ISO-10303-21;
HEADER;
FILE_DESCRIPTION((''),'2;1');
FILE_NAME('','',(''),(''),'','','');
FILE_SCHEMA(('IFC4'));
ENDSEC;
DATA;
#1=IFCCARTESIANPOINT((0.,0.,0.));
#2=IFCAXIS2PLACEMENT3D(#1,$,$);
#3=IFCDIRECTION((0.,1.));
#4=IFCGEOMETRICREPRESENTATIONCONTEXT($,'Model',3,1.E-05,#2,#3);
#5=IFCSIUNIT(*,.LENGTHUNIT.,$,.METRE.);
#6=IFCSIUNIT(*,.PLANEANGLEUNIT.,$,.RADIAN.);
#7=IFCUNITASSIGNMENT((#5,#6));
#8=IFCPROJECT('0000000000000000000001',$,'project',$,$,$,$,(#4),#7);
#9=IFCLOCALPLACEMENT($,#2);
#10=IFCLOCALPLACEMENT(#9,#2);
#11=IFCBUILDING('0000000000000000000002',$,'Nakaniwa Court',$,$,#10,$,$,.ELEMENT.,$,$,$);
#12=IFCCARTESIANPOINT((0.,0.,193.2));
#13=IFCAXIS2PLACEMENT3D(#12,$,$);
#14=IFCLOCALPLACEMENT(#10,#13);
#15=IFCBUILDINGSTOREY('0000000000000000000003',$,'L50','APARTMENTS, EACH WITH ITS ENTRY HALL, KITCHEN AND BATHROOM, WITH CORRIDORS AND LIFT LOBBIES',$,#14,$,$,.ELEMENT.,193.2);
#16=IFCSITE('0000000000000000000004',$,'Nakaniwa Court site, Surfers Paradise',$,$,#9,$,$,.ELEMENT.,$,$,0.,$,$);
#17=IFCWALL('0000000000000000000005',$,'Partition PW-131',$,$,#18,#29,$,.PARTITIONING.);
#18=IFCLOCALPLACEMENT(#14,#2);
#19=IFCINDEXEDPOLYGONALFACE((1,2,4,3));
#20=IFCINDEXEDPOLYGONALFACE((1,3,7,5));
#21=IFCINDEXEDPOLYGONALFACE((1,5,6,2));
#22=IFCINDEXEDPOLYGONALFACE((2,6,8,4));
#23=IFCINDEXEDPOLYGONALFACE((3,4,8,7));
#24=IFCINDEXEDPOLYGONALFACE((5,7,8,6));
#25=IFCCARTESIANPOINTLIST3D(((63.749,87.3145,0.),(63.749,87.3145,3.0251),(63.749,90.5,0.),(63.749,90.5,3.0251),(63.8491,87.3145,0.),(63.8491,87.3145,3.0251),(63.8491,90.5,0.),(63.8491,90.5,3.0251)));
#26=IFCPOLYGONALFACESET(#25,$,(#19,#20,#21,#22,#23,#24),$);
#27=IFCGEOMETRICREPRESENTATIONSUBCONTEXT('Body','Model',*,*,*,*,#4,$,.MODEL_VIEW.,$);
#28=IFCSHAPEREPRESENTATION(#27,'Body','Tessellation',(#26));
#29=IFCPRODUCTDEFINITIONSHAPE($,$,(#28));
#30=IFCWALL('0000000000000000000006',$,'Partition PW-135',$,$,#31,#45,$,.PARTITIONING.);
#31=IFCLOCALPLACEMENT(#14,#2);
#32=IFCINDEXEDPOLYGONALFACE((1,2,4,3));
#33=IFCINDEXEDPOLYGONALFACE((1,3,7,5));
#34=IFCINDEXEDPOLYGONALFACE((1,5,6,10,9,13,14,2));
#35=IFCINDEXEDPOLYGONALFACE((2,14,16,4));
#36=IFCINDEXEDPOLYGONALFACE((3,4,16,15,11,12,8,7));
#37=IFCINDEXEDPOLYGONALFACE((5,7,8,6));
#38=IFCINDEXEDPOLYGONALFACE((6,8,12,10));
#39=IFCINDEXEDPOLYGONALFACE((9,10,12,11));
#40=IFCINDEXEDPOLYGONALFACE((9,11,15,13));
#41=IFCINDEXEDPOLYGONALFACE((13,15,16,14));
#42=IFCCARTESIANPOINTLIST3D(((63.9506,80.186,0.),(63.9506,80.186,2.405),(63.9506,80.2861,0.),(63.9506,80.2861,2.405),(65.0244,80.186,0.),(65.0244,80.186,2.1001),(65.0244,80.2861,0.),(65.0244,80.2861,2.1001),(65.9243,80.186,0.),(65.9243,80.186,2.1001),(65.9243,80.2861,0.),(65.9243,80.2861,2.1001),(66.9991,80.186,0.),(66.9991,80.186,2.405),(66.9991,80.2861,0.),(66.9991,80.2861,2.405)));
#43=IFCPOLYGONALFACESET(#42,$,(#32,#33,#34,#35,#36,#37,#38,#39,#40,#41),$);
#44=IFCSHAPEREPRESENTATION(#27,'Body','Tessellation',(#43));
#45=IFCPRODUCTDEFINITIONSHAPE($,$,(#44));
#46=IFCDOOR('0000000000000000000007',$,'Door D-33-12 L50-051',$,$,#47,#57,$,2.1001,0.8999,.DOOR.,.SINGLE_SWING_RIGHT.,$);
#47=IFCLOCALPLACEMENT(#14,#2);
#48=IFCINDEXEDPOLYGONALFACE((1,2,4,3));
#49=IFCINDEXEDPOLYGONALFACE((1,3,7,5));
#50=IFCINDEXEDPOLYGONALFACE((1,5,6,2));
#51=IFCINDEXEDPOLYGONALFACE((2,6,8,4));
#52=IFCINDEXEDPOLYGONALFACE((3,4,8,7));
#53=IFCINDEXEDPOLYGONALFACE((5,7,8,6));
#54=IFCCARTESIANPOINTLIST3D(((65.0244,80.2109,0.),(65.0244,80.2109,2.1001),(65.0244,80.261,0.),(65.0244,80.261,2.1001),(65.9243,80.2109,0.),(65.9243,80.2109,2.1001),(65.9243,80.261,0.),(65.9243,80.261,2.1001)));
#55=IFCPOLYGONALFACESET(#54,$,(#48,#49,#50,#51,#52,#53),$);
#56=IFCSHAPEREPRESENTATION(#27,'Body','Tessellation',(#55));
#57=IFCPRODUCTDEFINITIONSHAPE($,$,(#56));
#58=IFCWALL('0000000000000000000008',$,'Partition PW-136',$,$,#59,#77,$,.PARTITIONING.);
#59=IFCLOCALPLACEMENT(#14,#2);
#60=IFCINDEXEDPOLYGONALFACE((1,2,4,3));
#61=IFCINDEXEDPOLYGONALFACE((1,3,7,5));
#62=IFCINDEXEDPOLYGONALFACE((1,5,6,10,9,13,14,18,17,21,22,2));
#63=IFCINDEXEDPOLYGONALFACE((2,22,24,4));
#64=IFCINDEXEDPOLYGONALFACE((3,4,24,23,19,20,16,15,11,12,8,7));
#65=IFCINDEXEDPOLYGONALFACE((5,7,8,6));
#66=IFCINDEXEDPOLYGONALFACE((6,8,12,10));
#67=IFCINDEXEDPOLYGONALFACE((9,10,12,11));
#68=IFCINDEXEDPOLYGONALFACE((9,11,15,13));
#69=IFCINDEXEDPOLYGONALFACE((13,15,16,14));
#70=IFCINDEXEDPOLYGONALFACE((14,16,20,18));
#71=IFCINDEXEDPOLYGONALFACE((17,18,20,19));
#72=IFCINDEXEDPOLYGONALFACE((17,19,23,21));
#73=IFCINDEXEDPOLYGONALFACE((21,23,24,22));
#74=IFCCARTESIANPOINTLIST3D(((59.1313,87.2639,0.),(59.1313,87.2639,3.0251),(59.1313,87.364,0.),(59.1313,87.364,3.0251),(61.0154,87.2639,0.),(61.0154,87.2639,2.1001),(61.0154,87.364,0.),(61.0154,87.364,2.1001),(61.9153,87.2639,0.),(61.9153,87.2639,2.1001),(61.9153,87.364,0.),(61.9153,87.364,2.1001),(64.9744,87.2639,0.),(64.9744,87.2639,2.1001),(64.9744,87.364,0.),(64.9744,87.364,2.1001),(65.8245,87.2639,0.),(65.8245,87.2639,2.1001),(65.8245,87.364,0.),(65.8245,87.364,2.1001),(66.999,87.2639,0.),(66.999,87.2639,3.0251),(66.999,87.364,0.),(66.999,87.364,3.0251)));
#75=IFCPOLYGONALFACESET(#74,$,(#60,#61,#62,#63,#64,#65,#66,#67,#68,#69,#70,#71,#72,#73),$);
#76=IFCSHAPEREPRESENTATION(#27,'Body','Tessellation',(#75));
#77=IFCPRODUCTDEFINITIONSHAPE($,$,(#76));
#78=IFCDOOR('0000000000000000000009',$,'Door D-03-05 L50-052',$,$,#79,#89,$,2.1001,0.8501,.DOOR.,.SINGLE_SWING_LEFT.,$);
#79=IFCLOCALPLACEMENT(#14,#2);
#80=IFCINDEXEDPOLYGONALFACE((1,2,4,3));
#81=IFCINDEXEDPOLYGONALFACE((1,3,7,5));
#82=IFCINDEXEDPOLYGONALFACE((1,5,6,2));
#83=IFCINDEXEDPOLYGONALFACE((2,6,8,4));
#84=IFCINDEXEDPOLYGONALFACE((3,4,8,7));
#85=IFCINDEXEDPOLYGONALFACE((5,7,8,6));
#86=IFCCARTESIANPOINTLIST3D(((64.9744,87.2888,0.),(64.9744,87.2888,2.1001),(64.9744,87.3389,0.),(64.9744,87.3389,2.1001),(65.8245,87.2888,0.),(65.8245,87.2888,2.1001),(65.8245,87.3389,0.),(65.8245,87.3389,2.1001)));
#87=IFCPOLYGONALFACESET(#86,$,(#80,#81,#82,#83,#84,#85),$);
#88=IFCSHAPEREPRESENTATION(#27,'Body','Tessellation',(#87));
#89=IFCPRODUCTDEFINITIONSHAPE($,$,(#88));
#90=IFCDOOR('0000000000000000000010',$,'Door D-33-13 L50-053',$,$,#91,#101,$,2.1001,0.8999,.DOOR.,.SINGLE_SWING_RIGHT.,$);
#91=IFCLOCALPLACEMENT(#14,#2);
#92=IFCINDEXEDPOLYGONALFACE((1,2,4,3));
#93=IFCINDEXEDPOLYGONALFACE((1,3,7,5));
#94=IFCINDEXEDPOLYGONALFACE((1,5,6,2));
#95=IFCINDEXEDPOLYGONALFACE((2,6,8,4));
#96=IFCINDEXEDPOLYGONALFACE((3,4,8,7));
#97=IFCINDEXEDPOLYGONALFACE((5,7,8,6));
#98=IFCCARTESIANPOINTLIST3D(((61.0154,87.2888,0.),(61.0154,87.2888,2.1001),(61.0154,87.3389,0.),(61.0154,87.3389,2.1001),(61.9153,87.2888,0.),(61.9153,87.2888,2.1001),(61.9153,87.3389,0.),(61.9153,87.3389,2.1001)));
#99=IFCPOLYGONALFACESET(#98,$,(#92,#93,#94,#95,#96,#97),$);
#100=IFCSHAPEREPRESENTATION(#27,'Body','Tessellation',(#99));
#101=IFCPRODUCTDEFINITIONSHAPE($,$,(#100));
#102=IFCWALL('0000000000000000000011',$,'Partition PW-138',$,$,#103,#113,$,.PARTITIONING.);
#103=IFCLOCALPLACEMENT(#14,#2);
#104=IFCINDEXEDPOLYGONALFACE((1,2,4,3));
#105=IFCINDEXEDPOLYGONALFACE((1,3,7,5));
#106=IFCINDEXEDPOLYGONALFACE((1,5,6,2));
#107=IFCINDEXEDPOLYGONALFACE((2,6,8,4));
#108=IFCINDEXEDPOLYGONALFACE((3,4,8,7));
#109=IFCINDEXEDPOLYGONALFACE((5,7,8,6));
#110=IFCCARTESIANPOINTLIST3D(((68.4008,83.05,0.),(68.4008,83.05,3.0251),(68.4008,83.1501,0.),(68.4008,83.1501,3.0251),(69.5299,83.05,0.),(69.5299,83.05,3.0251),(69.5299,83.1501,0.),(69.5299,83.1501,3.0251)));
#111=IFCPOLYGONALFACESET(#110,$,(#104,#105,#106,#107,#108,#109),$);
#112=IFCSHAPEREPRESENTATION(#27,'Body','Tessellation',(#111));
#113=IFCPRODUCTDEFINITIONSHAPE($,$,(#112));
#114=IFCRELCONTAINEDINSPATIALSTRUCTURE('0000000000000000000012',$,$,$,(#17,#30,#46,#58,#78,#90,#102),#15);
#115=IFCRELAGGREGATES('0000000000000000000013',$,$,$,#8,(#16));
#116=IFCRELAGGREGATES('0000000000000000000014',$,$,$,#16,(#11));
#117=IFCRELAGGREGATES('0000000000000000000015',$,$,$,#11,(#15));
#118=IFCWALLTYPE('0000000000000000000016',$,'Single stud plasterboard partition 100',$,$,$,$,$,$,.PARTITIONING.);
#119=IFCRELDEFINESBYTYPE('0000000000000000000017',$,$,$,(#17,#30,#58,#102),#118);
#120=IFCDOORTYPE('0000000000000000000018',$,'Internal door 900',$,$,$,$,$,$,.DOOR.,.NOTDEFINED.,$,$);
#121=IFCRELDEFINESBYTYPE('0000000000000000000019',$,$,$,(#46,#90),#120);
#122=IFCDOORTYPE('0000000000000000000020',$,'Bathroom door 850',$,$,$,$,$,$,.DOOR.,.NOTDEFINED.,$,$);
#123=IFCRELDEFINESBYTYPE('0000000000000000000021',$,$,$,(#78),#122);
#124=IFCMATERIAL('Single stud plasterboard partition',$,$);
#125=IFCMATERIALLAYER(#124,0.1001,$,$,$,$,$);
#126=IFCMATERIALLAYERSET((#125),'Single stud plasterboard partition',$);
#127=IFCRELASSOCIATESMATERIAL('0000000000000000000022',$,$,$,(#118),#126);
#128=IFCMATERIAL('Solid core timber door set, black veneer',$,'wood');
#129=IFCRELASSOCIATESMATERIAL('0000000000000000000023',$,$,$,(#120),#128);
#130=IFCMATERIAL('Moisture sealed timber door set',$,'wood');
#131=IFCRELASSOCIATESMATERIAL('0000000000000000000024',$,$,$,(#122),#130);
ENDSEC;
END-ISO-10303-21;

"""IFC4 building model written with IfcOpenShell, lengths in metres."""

from ifc_helpers import new_model, si_unit, direction, frame, frame_2d, origin, place, context, subcontext, project, spatial, rectangle, extrude, material, layer, layer_set, type_object, element, fill, save


model = new_model("IFC4")

# Units and contexts
model_context = context("Model", 3, precision=1e-05, world=origin(), true_north=direction((0.0, 1.0)))
body_context = subcontext(model_context, "Body", "Model", "MODEL_VIEW")
ifc_project = project(units=[si_unit("LENGTHUNIT", "METRE"), si_unit("PLANEANGLEUNIT", "RADIAN")], contexts=[model_context])

# Site, building, storey
site_placement = place(None, origin())
site = spatial("IfcSite", under=ifc_project, at=site_placement, Name="Nakaniwa Court site, Surfers Paradise", CompositionType="ELEMENT", RefElevation=0.0)
building_placement = place(site_placement, origin())
building = spatial("IfcBuilding", under=site, at=building_placement, Name="Nakaniwa Court", CompositionType="ELEMENT")
storey_placement = place(building_placement, frame((0.0, 0.0, 193.2)))
storey = spatial("IfcBuildingStorey", under=building, at=storey_placement, Name="L50", Description="APARTMENTS, EACH WITH ITS ENTRY HALL, KITCHEN AND BATHROOM, WITH CORRIDORS AND LIFT LOBBIES", CompositionType="ELEMENT", Elevation=193.2)

# Wall
ifc_material_1 = material(Name="Single stud plasterboard partition")
ifc_layer_1 = layer(ifc_material_1, 0.1001)
ifc_layer_set_1 = layer_set([ifc_layer_1], Name="Single stud plasterboard partition")
wall_type_1 = type_object("IfcWallType", Name="Single stud plasterboard partition 100", PredefinedType="PARTITIONING", material=ifc_layer_set_1)
wall_1_placement = place(storey_placement, frame((63.7991, 87.3145, 0.0), z_axis=(0.0, 0.0, 1.0), x_axis=(0.0, 1.0, 0.0)))
element("IfcWall", 1, at=wall_1_placement, inside=storey, type_object=wall_type_1, Name="Partition PW-131", PredefinedType="PARTITIONING", context=body_context, shape_type="SweptSolid", body=[
    extrude(rectangle(XDim=3.1855, YDim=0.1001, at=frame_2d((1.5928, 0.0))), origin(), (0.0, 0.0, 1.0), 3.0251),
])

# Wall, opening, door
wall_2_placement = place(storey_placement, frame((63.9504, 80.2361, 0.0), z_axis=(0.0, 0.0, 1.0), x_axis=(1.0, 0.0, 0.0)))
wall_2 = element("IfcWall", 2, at=wall_2_placement, inside=storey, type_object=wall_type_1, Name="Partition PW-135", PredefinedType="PARTITIONING", context=body_context, shape_type="SweptSolid", body=[
    extrude(rectangle(XDim=3.0486, YDim=0.1001, at=frame_2d((1.5244, 0.0))), origin(), (0.0, 0.0, 1.0), 2.405),
])
opening_1_placement = place(wall_2_placement, frame((1.074, 0.0, 0.0)))
opening_1 = element("IfcOpeningElement", 3, at=opening_1_placement, cuts=wall_2, PredefinedType="OPENING", context=body_context, shape_type="SweptSolid", body=[
    extrude(rectangle(XDim=0.8999, YDim=2.1001, at=frame_2d((0.45, 1.05))), frame((0.0, 0.0601, 0.0), z_axis=(0.0, -1.0, 0.0), x_axis=(1.0, 0.0, 0.0)), (0.0, 0.0, 1.0), 0.1201),
])
ifc_material_2 = material(Name="Solid core timber door set, black veneer", Category="wood")
door_type_1 = type_object("IfcDoorType", Name="Internal door 900", OperationType="NOTDEFINED", PredefinedType="DOOR", material=ifc_material_2)
door_1_placement = place(opening_1_placement, origin())
door_1 = element("IfcDoor", 4, at=door_1_placement, inside=storey, type_object=door_type_1, Name="Door D-33-12 L50-051", OperationType="SINGLE_SWING_RIGHT", OverallHeight=2.1001, OverallWidth=0.8999, PredefinedType="DOOR", context=body_context, shape_type="SweptSolid", body=[
    extrude(rectangle(XDim=0.8999, YDim=2.1001, at=frame_2d((0.45, 1.05))), frame((0.0, 0.0249, 0.0), z_axis=(0.0, -1.0, 0.0), x_axis=(1.0, 0.0, 0.0)), (0.0, 0.0, 1.0), 0.05),
])
fill(opening_1, door_1)

# Wall, openings, doors
wall_3_placement = place(storey_placement, frame((59.1313, 87.314, 0.0), z_axis=(0.0, 0.0, 1.0), x_axis=(1.0, 0.0, 0.0)))
wall_3 = element("IfcWall", 5, at=wall_3_placement, inside=storey, type_object=wall_type_1, Name="Partition PW-136", PredefinedType="PARTITIONING", context=body_context, shape_type="SweptSolid", body=[
    extrude(rectangle(XDim=7.8677, YDim=0.1001, at=frame_2d((3.9338, 0.0))), origin(), (0.0, 0.0, 1.0), 3.0251),
])
opening_2_placement = place(wall_3_placement, frame((5.843, 0.0, 0.0)))
opening_2 = element("IfcOpeningElement", 6, at=opening_2_placement, cuts=wall_3, PredefinedType="OPENING", context=body_context, shape_type="SweptSolid", body=[
    extrude(rectangle(XDim=0.8501, YDim=2.1001, at=frame_2d((0.425, 1.05))), frame((0.0, 0.0601, 0.0), z_axis=(0.0, -1.0, 0.0), x_axis=(1.0, 0.0, 0.0)), (0.0, 0.0, 1.0), 0.1201),
])
opening_3_placement = place(wall_3_placement, frame((1.884, 0.0, 0.0)))
opening_3 = element("IfcOpeningElement", 7, at=opening_3_placement, cuts=wall_3, PredefinedType="OPENING", context=body_context, shape_type="SweptSolid", body=[
    extrude(rectangle(XDim=0.8999, YDim=2.1001, at=frame_2d((0.45, 1.05))), frame((0.0, 0.0601, 0.0), z_axis=(0.0, -1.0, 0.0), x_axis=(1.0, 0.0, 0.0)), (0.0, 0.0, 1.0), 0.1201),
])
ifc_material_3 = material(Name="Moisture sealed timber door set", Category="wood")
door_type_2 = type_object("IfcDoorType", Name="Bathroom door 850", OperationType="NOTDEFINED", PredefinedType="DOOR", material=ifc_material_3)
door_2_placement = place(opening_2_placement, origin())
door_2 = element("IfcDoor", 8, at=door_2_placement, inside=storey, type_object=door_type_2, Name="Door D-03-05 L50-052", OperationType="SINGLE_SWING_LEFT", OverallHeight=2.1001, OverallWidth=0.8501, PredefinedType="DOOR", context=body_context, shape_type="SweptSolid", body=[
    extrude(rectangle(XDim=0.8501, YDim=2.1001, at=frame_2d((0.425, 1.05))), frame((0.0, 0.0249, 0.0), z_axis=(0.0, -1.0, 0.0), x_axis=(1.0, 0.0, 0.0)), (0.0, 0.0, 1.0), 0.05),
])
fill(opening_2, door_2)
door_3_placement = place(opening_3_placement, origin())
door_3 = element("IfcDoor", 9, at=door_3_placement, inside=storey, type_object=door_type_1, Name="Door D-33-13 L50-053", OperationType="SINGLE_SWING_RIGHT", OverallHeight=2.1001, OverallWidth=0.8999, PredefinedType="DOOR", context=body_context, shape_type="SweptSolid", body=[
    extrude(rectangle(XDim=0.8999, YDim=2.1001, at=frame_2d((0.45, 1.05))), frame((0.0, 0.0249, 0.0), z_axis=(0.0, -1.0, 0.0), x_axis=(1.0, 0.0, 0.0)), (0.0, 0.0, 1.0), 0.05),
])
fill(opening_3, door_3)

# Wall
wall_4_placement = place(storey_placement, frame((68.4009, 83.1001, 0.0), z_axis=(0.0, 0.0, 1.0), x_axis=(1.0, 0.0, 0.0)))
element("IfcWall", 10, at=wall_4_placement, inside=storey, type_object=wall_type_1, Name="Partition PW-138", PredefinedType="PARTITIONING", context=body_context, shape_type="SweptSolid", body=[
    extrude(rectangle(XDim=1.1292, YDim=0.1001, at=frame_2d((0.5645, 0.0))), origin(), (0.0, 0.0, 1.0), 3.0251),
])

save(model, "model.ifc")
